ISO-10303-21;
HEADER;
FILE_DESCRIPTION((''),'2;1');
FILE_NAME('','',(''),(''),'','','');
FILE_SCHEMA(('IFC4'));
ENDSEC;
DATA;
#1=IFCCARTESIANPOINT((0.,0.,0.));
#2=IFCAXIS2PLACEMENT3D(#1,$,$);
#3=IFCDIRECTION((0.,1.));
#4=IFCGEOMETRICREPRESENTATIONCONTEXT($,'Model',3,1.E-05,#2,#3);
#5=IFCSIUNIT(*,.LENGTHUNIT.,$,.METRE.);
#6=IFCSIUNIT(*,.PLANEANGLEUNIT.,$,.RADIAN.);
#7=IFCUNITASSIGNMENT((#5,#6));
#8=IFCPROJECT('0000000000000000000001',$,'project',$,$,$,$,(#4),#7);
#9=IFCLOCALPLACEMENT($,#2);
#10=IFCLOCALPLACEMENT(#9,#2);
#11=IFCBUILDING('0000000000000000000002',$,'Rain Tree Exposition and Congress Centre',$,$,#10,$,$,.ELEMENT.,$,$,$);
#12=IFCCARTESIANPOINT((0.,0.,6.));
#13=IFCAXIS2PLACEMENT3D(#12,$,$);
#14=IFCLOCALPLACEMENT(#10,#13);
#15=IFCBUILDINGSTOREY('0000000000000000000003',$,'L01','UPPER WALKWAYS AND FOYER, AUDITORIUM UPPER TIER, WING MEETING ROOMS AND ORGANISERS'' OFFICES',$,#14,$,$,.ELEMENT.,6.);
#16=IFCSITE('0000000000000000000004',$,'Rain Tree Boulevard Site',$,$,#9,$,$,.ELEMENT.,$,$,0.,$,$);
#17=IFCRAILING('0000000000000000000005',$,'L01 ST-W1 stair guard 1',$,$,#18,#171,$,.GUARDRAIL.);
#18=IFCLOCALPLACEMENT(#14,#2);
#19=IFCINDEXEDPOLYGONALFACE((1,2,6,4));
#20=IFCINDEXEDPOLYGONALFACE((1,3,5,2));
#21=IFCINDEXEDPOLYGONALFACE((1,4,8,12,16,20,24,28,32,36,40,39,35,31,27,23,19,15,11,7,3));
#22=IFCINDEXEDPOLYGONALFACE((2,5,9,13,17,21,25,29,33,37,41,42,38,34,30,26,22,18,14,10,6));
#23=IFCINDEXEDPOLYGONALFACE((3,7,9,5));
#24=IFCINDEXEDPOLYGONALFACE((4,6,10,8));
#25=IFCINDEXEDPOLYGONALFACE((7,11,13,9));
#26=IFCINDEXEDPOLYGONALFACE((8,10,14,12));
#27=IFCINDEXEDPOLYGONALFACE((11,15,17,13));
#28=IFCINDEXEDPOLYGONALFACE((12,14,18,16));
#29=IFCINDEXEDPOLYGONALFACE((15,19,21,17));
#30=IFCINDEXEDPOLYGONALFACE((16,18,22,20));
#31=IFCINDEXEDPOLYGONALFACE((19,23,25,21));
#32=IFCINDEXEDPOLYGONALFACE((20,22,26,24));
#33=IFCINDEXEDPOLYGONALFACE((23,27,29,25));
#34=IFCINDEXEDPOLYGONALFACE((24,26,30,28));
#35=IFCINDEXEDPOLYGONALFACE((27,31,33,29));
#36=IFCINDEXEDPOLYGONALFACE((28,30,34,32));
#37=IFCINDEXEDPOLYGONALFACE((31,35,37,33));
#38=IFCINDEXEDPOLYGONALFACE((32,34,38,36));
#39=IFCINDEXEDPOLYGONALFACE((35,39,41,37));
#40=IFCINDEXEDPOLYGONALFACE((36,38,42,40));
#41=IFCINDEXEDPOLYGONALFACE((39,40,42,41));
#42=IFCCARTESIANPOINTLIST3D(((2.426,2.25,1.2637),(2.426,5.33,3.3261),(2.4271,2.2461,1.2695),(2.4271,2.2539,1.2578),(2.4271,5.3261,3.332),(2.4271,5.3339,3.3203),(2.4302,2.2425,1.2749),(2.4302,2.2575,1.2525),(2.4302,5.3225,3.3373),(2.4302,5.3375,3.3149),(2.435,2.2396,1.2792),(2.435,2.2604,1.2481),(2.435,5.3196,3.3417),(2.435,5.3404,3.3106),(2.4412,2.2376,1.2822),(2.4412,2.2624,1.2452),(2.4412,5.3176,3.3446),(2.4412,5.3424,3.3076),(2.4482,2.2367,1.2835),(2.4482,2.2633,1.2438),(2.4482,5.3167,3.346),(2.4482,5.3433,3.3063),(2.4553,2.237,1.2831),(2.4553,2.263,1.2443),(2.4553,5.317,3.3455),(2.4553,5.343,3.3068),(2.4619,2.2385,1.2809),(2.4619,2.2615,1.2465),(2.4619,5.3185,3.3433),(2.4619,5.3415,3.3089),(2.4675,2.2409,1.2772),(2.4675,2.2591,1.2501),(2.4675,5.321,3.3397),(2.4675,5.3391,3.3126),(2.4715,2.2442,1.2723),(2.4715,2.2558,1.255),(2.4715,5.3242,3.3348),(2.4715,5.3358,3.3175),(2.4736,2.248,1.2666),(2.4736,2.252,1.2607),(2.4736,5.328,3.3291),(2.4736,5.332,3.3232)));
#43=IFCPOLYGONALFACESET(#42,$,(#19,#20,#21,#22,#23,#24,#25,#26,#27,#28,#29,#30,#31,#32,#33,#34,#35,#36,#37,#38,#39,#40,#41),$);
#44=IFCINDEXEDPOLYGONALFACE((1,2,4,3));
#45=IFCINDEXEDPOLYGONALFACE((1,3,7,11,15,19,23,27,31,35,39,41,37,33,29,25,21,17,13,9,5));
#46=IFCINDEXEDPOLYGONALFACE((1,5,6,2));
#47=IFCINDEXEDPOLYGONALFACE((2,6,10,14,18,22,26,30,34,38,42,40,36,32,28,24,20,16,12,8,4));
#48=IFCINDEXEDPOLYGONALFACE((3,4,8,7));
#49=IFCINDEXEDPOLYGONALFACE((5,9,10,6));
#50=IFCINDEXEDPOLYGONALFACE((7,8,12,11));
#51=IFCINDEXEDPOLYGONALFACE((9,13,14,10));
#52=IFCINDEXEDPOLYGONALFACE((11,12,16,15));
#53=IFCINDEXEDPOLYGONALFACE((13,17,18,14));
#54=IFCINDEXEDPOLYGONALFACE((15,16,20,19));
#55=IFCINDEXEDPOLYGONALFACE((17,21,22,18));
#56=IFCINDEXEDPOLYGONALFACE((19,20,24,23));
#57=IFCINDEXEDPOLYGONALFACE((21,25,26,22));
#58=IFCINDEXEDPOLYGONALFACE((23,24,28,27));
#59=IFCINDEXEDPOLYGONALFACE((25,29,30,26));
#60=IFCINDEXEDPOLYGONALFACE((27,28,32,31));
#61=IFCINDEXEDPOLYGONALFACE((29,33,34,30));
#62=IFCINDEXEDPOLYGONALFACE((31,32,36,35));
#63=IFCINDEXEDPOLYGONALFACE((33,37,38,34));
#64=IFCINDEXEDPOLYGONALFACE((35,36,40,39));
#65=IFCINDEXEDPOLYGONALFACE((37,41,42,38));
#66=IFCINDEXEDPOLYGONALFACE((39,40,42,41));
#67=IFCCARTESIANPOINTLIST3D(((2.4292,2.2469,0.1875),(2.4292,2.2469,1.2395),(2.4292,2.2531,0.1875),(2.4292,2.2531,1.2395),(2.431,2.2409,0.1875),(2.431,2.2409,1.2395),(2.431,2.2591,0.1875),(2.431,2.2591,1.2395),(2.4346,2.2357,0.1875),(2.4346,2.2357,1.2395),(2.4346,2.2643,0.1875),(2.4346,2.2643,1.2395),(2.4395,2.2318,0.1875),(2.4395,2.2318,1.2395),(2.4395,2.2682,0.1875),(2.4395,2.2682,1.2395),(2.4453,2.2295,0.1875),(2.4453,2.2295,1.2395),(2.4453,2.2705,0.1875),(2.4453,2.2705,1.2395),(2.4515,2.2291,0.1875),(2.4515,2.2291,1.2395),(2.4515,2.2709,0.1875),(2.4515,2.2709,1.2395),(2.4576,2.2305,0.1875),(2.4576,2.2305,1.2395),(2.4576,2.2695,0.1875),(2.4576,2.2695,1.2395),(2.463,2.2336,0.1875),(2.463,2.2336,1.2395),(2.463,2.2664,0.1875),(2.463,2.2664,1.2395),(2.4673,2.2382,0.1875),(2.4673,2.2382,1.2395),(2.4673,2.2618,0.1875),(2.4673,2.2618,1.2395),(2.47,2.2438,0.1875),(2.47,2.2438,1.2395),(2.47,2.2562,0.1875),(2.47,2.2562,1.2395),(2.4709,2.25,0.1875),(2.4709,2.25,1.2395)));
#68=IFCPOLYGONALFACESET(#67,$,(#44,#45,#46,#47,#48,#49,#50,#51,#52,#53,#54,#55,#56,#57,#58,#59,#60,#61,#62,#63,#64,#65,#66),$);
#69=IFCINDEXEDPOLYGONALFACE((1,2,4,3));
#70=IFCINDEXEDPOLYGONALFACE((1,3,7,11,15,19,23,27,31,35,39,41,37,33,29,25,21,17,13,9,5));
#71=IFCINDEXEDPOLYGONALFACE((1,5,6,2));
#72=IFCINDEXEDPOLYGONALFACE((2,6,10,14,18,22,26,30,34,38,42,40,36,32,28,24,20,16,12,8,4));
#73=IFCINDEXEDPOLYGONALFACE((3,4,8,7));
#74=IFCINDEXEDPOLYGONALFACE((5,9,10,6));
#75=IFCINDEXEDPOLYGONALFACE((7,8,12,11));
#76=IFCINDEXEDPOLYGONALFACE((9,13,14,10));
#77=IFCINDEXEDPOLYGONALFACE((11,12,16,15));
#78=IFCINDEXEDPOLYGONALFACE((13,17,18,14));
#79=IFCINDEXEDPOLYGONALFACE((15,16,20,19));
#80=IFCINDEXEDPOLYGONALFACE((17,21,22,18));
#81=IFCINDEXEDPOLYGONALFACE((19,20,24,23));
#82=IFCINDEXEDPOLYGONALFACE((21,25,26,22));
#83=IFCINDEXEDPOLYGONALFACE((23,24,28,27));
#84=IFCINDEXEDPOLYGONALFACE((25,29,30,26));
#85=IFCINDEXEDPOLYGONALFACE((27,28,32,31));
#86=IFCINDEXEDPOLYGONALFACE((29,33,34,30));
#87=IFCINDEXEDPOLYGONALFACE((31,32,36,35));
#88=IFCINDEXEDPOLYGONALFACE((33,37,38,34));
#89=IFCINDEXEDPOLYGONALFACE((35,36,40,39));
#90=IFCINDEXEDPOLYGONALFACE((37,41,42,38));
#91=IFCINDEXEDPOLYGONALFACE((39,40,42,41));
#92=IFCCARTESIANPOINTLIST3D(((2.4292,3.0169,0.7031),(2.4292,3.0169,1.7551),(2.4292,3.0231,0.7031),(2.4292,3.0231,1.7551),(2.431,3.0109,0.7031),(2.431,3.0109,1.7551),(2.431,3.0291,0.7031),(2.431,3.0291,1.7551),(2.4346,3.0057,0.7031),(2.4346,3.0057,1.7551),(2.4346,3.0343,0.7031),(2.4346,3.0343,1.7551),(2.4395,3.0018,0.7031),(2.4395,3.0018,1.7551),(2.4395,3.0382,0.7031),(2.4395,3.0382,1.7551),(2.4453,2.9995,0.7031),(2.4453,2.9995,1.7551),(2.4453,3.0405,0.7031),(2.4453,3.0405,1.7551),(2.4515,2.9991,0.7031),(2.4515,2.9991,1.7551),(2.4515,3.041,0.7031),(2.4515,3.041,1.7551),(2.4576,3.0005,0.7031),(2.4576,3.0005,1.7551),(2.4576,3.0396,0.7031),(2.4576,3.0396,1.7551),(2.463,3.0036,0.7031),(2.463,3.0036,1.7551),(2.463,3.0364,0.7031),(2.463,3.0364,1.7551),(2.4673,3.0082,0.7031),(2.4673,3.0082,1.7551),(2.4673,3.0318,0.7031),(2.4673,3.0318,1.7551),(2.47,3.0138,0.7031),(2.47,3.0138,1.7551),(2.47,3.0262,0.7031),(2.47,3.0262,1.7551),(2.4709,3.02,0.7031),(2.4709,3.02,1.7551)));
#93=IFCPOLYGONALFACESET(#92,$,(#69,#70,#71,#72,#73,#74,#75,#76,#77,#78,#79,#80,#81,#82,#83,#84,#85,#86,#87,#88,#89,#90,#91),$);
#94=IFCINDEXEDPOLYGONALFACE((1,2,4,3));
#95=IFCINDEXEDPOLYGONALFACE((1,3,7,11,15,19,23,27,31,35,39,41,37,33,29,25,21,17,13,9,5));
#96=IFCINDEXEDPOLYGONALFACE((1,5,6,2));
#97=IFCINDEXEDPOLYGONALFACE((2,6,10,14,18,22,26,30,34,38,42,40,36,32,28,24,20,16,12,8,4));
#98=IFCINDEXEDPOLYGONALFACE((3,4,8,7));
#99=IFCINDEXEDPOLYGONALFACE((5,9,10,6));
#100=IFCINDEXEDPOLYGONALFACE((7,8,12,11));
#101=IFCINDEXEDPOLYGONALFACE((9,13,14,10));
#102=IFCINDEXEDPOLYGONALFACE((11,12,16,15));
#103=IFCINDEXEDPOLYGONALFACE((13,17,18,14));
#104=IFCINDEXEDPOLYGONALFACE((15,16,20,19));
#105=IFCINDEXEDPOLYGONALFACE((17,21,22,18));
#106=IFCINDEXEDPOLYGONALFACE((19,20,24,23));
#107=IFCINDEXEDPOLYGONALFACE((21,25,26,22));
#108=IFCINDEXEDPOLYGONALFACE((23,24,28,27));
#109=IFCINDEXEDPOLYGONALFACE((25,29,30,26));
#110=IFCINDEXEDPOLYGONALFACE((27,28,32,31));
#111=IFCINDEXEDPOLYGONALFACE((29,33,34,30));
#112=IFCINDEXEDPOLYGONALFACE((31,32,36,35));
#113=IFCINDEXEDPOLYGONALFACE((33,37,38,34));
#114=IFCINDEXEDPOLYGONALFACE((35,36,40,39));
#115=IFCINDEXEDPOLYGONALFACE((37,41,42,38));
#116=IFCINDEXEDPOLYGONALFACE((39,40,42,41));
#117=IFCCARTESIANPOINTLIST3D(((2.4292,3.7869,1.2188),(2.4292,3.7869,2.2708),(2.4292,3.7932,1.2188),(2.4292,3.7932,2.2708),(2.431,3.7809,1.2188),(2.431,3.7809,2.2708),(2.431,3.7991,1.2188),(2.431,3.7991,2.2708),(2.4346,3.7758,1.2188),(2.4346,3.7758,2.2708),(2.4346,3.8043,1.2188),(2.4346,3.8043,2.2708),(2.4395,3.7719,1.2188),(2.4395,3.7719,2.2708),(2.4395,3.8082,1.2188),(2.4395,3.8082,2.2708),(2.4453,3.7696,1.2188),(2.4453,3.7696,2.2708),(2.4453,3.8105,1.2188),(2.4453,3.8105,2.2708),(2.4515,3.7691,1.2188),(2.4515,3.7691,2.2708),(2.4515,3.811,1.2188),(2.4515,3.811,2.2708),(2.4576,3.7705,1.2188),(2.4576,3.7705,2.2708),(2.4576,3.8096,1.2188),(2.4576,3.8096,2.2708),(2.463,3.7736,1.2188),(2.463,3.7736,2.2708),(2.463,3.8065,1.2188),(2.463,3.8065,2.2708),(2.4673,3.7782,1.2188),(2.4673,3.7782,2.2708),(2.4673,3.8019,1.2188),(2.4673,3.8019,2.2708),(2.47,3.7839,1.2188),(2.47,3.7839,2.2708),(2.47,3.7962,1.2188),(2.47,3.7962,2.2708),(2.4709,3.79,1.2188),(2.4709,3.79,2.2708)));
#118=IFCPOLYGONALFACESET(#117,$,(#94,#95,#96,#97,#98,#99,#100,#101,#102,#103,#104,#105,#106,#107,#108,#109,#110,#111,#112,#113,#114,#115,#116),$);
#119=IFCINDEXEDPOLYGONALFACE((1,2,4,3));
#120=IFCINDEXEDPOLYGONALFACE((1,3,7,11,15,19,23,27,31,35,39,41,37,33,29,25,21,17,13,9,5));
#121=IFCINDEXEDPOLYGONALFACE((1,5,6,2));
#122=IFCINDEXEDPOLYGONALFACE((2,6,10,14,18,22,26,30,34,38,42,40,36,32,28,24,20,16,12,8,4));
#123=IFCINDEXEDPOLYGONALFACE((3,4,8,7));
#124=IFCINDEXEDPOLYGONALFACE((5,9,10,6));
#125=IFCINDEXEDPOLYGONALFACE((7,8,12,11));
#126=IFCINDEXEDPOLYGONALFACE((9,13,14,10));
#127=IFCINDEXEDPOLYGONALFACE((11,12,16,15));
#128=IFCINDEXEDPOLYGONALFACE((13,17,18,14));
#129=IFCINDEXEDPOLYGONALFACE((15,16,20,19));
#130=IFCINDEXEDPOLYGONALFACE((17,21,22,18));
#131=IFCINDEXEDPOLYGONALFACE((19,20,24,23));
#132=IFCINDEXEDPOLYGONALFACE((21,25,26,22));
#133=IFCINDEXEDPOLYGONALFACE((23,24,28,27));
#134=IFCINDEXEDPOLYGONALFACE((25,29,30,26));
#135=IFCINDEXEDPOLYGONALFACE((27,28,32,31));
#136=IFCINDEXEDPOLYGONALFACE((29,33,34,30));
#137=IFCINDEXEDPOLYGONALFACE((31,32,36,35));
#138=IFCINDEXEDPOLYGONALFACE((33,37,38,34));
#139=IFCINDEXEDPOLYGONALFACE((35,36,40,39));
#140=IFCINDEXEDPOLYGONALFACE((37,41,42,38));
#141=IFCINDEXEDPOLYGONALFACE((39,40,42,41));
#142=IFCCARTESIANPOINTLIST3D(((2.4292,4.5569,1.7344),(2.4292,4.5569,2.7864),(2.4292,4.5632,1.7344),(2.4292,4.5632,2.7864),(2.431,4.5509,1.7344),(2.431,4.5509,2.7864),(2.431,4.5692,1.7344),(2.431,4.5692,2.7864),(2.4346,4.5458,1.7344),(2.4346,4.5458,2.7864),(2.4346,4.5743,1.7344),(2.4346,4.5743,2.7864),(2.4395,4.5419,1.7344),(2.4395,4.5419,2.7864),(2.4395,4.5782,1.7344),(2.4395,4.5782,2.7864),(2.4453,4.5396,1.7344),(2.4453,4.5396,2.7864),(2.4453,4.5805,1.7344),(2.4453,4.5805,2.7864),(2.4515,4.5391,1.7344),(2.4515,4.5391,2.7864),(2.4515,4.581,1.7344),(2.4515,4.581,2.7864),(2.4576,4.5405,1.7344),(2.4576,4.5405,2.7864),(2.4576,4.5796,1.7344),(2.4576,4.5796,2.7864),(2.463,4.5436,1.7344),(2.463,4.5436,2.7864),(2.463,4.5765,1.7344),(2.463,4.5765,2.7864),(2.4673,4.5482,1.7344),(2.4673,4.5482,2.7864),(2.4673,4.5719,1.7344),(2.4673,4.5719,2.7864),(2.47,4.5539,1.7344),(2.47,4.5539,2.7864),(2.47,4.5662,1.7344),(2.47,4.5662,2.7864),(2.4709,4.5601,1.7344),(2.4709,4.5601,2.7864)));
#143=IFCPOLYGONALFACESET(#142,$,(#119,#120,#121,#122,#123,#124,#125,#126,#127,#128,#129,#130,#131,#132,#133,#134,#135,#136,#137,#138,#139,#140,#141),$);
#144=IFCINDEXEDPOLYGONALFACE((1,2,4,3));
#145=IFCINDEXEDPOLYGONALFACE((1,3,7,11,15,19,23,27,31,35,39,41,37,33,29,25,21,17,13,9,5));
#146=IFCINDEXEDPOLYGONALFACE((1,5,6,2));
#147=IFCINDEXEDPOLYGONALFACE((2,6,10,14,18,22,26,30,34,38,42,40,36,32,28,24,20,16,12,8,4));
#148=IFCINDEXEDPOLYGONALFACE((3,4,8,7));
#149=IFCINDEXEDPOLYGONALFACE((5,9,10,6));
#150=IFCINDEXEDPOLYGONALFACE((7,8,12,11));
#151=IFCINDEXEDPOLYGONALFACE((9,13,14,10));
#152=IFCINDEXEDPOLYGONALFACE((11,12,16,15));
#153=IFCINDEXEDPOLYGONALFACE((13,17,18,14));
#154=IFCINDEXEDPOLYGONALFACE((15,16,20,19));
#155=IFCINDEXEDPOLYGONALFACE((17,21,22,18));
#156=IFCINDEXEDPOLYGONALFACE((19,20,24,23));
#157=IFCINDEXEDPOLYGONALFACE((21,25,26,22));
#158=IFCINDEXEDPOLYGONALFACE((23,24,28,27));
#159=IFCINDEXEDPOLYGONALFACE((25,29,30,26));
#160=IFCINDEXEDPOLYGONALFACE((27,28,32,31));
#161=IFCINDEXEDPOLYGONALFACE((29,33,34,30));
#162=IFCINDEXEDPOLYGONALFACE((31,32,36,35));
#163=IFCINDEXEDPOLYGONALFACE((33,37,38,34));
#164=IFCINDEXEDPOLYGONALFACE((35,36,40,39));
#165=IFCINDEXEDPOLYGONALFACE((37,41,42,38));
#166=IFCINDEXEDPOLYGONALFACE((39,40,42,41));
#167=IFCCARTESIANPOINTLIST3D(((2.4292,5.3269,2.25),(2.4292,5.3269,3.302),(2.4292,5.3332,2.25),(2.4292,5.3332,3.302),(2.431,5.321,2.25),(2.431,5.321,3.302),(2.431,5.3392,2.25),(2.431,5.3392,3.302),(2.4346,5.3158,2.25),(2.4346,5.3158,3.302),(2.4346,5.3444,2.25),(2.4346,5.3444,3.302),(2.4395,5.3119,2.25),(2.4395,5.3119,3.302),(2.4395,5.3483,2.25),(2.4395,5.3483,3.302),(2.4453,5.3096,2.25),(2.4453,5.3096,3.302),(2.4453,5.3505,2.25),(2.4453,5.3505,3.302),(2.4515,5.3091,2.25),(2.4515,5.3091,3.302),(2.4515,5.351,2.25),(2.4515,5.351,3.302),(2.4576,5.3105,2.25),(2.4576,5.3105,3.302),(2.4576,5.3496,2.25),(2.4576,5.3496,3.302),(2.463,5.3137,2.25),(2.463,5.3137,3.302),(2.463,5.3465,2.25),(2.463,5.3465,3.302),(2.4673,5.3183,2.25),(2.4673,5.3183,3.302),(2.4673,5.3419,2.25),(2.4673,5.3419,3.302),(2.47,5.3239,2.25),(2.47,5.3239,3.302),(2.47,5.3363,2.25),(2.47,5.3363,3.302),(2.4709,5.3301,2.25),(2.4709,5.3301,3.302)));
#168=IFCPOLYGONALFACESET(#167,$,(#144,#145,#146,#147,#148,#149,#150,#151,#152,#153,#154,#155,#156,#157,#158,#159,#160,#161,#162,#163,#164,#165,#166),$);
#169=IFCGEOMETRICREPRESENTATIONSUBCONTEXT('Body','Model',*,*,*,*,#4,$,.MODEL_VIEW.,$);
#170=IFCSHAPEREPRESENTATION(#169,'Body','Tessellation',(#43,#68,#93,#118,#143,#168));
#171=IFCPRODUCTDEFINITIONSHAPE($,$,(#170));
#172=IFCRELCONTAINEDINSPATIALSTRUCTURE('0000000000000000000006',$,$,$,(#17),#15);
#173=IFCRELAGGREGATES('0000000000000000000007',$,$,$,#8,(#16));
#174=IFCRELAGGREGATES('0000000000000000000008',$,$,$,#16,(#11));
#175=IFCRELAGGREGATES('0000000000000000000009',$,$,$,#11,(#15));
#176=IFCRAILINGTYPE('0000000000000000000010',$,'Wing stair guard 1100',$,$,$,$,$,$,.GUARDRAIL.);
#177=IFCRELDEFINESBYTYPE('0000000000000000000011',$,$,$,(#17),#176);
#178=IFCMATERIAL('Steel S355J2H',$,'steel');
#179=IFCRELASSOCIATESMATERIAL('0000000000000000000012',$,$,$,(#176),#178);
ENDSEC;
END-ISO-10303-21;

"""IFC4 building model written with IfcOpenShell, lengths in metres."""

from ifc_helpers import new_model, si_unit, direction, frame, origin, origin_2d, place, context, subcontext, project, spatial, circle, extrude, material, type_object, element, save


model = new_model("IFC4")

# Units and contexts
model_context = context("Model", 3, precision=1e-05, world=origin(), true_north=direction((0.0, 1.0)))
body_context = subcontext(model_context, "Body", "Model", "MODEL_VIEW")
ifc_project = project(units=[si_unit("LENGTHUNIT", "METRE"), si_unit("PLANEANGLEUNIT", "RADIAN")], contexts=[model_context])

# Site, building, storey
site_placement = place(None, origin())
site = spatial("IfcSite", under=ifc_project, at=site_placement, Name="Rain Tree Boulevard Site", CompositionType="ELEMENT", RefElevation=0.0)
building_placement = place(site_placement, origin())
building = spatial("IfcBuilding", under=site, at=building_placement, Name="Rain Tree Exposition and Congress Centre", CompositionType="ELEMENT")
storey_placement = place(building_placement, frame((0.0, 0.0, 6.0)))
storey = spatial("IfcBuildingStorey", under=building, at=storey_placement, Name="L01", Description="UPPER WALKWAYS AND FOYER, AUDITORIUM UPPER TIER, WING MEETING ROOMS AND ORGANISERS' OFFICES", CompositionType="ELEMENT", Elevation=6.0)

# Railing
ifc_material_1 = material(Name="Steel S355J2H", Category="steel")
railing_type_1 = type_object("IfcRailingType", Name="Wing stair guard 1100", PredefinedType="GUARDRAIL", material=ifc_material_1)
railing_1_placement = place(storey_placement, frame((2.45, 2.25, 0.1875)))
element("IfcRailing", 1, at=railing_1_placement, inside=storey, type_object=railing_type_1, Name="L01 ST-W1 stair guard 1", PredefinedType="GUARDRAIL", context=body_context, shape_type="SweptSolid", body=[
    extrude(circle(Radius=0.0239, at=origin_2d()), frame((0.0, 0.0, 1.0762), z_axis=(0.0, 0.830914, 0.556401), x_axis=(-1.0, 0.0, 0.0)), (0.0, 0.0, 1.0), 3.7068),
    extrude(circle(Radius=0.021, at=origin_2d()), origin(), (0.0, 0.0, 1.0), 1.052),
    extrude(circle(Radius=0.021, at=origin_2d()), frame((0.0, 0.77, 0.5156)), (0.0, 0.0, 1.0), 1.052),
    extrude(circle(Radius=0.021, at=origin_2d()), frame((0.0, 1.54, 1.0312)), (0.0, 0.0, 1.0), 1.052),
    extrude(circle(Radius=0.021, at=origin_2d()), frame((0.0, 2.3101, 1.5469)), (0.0, 0.0, 1.0), 1.052),
    extrude(circle(Radius=0.021, at=origin_2d()), frame((0.0, 3.0801, 2.0625)), (0.0, 0.0, 1.0), 1.052),
])

save(model, "model.ifc")
